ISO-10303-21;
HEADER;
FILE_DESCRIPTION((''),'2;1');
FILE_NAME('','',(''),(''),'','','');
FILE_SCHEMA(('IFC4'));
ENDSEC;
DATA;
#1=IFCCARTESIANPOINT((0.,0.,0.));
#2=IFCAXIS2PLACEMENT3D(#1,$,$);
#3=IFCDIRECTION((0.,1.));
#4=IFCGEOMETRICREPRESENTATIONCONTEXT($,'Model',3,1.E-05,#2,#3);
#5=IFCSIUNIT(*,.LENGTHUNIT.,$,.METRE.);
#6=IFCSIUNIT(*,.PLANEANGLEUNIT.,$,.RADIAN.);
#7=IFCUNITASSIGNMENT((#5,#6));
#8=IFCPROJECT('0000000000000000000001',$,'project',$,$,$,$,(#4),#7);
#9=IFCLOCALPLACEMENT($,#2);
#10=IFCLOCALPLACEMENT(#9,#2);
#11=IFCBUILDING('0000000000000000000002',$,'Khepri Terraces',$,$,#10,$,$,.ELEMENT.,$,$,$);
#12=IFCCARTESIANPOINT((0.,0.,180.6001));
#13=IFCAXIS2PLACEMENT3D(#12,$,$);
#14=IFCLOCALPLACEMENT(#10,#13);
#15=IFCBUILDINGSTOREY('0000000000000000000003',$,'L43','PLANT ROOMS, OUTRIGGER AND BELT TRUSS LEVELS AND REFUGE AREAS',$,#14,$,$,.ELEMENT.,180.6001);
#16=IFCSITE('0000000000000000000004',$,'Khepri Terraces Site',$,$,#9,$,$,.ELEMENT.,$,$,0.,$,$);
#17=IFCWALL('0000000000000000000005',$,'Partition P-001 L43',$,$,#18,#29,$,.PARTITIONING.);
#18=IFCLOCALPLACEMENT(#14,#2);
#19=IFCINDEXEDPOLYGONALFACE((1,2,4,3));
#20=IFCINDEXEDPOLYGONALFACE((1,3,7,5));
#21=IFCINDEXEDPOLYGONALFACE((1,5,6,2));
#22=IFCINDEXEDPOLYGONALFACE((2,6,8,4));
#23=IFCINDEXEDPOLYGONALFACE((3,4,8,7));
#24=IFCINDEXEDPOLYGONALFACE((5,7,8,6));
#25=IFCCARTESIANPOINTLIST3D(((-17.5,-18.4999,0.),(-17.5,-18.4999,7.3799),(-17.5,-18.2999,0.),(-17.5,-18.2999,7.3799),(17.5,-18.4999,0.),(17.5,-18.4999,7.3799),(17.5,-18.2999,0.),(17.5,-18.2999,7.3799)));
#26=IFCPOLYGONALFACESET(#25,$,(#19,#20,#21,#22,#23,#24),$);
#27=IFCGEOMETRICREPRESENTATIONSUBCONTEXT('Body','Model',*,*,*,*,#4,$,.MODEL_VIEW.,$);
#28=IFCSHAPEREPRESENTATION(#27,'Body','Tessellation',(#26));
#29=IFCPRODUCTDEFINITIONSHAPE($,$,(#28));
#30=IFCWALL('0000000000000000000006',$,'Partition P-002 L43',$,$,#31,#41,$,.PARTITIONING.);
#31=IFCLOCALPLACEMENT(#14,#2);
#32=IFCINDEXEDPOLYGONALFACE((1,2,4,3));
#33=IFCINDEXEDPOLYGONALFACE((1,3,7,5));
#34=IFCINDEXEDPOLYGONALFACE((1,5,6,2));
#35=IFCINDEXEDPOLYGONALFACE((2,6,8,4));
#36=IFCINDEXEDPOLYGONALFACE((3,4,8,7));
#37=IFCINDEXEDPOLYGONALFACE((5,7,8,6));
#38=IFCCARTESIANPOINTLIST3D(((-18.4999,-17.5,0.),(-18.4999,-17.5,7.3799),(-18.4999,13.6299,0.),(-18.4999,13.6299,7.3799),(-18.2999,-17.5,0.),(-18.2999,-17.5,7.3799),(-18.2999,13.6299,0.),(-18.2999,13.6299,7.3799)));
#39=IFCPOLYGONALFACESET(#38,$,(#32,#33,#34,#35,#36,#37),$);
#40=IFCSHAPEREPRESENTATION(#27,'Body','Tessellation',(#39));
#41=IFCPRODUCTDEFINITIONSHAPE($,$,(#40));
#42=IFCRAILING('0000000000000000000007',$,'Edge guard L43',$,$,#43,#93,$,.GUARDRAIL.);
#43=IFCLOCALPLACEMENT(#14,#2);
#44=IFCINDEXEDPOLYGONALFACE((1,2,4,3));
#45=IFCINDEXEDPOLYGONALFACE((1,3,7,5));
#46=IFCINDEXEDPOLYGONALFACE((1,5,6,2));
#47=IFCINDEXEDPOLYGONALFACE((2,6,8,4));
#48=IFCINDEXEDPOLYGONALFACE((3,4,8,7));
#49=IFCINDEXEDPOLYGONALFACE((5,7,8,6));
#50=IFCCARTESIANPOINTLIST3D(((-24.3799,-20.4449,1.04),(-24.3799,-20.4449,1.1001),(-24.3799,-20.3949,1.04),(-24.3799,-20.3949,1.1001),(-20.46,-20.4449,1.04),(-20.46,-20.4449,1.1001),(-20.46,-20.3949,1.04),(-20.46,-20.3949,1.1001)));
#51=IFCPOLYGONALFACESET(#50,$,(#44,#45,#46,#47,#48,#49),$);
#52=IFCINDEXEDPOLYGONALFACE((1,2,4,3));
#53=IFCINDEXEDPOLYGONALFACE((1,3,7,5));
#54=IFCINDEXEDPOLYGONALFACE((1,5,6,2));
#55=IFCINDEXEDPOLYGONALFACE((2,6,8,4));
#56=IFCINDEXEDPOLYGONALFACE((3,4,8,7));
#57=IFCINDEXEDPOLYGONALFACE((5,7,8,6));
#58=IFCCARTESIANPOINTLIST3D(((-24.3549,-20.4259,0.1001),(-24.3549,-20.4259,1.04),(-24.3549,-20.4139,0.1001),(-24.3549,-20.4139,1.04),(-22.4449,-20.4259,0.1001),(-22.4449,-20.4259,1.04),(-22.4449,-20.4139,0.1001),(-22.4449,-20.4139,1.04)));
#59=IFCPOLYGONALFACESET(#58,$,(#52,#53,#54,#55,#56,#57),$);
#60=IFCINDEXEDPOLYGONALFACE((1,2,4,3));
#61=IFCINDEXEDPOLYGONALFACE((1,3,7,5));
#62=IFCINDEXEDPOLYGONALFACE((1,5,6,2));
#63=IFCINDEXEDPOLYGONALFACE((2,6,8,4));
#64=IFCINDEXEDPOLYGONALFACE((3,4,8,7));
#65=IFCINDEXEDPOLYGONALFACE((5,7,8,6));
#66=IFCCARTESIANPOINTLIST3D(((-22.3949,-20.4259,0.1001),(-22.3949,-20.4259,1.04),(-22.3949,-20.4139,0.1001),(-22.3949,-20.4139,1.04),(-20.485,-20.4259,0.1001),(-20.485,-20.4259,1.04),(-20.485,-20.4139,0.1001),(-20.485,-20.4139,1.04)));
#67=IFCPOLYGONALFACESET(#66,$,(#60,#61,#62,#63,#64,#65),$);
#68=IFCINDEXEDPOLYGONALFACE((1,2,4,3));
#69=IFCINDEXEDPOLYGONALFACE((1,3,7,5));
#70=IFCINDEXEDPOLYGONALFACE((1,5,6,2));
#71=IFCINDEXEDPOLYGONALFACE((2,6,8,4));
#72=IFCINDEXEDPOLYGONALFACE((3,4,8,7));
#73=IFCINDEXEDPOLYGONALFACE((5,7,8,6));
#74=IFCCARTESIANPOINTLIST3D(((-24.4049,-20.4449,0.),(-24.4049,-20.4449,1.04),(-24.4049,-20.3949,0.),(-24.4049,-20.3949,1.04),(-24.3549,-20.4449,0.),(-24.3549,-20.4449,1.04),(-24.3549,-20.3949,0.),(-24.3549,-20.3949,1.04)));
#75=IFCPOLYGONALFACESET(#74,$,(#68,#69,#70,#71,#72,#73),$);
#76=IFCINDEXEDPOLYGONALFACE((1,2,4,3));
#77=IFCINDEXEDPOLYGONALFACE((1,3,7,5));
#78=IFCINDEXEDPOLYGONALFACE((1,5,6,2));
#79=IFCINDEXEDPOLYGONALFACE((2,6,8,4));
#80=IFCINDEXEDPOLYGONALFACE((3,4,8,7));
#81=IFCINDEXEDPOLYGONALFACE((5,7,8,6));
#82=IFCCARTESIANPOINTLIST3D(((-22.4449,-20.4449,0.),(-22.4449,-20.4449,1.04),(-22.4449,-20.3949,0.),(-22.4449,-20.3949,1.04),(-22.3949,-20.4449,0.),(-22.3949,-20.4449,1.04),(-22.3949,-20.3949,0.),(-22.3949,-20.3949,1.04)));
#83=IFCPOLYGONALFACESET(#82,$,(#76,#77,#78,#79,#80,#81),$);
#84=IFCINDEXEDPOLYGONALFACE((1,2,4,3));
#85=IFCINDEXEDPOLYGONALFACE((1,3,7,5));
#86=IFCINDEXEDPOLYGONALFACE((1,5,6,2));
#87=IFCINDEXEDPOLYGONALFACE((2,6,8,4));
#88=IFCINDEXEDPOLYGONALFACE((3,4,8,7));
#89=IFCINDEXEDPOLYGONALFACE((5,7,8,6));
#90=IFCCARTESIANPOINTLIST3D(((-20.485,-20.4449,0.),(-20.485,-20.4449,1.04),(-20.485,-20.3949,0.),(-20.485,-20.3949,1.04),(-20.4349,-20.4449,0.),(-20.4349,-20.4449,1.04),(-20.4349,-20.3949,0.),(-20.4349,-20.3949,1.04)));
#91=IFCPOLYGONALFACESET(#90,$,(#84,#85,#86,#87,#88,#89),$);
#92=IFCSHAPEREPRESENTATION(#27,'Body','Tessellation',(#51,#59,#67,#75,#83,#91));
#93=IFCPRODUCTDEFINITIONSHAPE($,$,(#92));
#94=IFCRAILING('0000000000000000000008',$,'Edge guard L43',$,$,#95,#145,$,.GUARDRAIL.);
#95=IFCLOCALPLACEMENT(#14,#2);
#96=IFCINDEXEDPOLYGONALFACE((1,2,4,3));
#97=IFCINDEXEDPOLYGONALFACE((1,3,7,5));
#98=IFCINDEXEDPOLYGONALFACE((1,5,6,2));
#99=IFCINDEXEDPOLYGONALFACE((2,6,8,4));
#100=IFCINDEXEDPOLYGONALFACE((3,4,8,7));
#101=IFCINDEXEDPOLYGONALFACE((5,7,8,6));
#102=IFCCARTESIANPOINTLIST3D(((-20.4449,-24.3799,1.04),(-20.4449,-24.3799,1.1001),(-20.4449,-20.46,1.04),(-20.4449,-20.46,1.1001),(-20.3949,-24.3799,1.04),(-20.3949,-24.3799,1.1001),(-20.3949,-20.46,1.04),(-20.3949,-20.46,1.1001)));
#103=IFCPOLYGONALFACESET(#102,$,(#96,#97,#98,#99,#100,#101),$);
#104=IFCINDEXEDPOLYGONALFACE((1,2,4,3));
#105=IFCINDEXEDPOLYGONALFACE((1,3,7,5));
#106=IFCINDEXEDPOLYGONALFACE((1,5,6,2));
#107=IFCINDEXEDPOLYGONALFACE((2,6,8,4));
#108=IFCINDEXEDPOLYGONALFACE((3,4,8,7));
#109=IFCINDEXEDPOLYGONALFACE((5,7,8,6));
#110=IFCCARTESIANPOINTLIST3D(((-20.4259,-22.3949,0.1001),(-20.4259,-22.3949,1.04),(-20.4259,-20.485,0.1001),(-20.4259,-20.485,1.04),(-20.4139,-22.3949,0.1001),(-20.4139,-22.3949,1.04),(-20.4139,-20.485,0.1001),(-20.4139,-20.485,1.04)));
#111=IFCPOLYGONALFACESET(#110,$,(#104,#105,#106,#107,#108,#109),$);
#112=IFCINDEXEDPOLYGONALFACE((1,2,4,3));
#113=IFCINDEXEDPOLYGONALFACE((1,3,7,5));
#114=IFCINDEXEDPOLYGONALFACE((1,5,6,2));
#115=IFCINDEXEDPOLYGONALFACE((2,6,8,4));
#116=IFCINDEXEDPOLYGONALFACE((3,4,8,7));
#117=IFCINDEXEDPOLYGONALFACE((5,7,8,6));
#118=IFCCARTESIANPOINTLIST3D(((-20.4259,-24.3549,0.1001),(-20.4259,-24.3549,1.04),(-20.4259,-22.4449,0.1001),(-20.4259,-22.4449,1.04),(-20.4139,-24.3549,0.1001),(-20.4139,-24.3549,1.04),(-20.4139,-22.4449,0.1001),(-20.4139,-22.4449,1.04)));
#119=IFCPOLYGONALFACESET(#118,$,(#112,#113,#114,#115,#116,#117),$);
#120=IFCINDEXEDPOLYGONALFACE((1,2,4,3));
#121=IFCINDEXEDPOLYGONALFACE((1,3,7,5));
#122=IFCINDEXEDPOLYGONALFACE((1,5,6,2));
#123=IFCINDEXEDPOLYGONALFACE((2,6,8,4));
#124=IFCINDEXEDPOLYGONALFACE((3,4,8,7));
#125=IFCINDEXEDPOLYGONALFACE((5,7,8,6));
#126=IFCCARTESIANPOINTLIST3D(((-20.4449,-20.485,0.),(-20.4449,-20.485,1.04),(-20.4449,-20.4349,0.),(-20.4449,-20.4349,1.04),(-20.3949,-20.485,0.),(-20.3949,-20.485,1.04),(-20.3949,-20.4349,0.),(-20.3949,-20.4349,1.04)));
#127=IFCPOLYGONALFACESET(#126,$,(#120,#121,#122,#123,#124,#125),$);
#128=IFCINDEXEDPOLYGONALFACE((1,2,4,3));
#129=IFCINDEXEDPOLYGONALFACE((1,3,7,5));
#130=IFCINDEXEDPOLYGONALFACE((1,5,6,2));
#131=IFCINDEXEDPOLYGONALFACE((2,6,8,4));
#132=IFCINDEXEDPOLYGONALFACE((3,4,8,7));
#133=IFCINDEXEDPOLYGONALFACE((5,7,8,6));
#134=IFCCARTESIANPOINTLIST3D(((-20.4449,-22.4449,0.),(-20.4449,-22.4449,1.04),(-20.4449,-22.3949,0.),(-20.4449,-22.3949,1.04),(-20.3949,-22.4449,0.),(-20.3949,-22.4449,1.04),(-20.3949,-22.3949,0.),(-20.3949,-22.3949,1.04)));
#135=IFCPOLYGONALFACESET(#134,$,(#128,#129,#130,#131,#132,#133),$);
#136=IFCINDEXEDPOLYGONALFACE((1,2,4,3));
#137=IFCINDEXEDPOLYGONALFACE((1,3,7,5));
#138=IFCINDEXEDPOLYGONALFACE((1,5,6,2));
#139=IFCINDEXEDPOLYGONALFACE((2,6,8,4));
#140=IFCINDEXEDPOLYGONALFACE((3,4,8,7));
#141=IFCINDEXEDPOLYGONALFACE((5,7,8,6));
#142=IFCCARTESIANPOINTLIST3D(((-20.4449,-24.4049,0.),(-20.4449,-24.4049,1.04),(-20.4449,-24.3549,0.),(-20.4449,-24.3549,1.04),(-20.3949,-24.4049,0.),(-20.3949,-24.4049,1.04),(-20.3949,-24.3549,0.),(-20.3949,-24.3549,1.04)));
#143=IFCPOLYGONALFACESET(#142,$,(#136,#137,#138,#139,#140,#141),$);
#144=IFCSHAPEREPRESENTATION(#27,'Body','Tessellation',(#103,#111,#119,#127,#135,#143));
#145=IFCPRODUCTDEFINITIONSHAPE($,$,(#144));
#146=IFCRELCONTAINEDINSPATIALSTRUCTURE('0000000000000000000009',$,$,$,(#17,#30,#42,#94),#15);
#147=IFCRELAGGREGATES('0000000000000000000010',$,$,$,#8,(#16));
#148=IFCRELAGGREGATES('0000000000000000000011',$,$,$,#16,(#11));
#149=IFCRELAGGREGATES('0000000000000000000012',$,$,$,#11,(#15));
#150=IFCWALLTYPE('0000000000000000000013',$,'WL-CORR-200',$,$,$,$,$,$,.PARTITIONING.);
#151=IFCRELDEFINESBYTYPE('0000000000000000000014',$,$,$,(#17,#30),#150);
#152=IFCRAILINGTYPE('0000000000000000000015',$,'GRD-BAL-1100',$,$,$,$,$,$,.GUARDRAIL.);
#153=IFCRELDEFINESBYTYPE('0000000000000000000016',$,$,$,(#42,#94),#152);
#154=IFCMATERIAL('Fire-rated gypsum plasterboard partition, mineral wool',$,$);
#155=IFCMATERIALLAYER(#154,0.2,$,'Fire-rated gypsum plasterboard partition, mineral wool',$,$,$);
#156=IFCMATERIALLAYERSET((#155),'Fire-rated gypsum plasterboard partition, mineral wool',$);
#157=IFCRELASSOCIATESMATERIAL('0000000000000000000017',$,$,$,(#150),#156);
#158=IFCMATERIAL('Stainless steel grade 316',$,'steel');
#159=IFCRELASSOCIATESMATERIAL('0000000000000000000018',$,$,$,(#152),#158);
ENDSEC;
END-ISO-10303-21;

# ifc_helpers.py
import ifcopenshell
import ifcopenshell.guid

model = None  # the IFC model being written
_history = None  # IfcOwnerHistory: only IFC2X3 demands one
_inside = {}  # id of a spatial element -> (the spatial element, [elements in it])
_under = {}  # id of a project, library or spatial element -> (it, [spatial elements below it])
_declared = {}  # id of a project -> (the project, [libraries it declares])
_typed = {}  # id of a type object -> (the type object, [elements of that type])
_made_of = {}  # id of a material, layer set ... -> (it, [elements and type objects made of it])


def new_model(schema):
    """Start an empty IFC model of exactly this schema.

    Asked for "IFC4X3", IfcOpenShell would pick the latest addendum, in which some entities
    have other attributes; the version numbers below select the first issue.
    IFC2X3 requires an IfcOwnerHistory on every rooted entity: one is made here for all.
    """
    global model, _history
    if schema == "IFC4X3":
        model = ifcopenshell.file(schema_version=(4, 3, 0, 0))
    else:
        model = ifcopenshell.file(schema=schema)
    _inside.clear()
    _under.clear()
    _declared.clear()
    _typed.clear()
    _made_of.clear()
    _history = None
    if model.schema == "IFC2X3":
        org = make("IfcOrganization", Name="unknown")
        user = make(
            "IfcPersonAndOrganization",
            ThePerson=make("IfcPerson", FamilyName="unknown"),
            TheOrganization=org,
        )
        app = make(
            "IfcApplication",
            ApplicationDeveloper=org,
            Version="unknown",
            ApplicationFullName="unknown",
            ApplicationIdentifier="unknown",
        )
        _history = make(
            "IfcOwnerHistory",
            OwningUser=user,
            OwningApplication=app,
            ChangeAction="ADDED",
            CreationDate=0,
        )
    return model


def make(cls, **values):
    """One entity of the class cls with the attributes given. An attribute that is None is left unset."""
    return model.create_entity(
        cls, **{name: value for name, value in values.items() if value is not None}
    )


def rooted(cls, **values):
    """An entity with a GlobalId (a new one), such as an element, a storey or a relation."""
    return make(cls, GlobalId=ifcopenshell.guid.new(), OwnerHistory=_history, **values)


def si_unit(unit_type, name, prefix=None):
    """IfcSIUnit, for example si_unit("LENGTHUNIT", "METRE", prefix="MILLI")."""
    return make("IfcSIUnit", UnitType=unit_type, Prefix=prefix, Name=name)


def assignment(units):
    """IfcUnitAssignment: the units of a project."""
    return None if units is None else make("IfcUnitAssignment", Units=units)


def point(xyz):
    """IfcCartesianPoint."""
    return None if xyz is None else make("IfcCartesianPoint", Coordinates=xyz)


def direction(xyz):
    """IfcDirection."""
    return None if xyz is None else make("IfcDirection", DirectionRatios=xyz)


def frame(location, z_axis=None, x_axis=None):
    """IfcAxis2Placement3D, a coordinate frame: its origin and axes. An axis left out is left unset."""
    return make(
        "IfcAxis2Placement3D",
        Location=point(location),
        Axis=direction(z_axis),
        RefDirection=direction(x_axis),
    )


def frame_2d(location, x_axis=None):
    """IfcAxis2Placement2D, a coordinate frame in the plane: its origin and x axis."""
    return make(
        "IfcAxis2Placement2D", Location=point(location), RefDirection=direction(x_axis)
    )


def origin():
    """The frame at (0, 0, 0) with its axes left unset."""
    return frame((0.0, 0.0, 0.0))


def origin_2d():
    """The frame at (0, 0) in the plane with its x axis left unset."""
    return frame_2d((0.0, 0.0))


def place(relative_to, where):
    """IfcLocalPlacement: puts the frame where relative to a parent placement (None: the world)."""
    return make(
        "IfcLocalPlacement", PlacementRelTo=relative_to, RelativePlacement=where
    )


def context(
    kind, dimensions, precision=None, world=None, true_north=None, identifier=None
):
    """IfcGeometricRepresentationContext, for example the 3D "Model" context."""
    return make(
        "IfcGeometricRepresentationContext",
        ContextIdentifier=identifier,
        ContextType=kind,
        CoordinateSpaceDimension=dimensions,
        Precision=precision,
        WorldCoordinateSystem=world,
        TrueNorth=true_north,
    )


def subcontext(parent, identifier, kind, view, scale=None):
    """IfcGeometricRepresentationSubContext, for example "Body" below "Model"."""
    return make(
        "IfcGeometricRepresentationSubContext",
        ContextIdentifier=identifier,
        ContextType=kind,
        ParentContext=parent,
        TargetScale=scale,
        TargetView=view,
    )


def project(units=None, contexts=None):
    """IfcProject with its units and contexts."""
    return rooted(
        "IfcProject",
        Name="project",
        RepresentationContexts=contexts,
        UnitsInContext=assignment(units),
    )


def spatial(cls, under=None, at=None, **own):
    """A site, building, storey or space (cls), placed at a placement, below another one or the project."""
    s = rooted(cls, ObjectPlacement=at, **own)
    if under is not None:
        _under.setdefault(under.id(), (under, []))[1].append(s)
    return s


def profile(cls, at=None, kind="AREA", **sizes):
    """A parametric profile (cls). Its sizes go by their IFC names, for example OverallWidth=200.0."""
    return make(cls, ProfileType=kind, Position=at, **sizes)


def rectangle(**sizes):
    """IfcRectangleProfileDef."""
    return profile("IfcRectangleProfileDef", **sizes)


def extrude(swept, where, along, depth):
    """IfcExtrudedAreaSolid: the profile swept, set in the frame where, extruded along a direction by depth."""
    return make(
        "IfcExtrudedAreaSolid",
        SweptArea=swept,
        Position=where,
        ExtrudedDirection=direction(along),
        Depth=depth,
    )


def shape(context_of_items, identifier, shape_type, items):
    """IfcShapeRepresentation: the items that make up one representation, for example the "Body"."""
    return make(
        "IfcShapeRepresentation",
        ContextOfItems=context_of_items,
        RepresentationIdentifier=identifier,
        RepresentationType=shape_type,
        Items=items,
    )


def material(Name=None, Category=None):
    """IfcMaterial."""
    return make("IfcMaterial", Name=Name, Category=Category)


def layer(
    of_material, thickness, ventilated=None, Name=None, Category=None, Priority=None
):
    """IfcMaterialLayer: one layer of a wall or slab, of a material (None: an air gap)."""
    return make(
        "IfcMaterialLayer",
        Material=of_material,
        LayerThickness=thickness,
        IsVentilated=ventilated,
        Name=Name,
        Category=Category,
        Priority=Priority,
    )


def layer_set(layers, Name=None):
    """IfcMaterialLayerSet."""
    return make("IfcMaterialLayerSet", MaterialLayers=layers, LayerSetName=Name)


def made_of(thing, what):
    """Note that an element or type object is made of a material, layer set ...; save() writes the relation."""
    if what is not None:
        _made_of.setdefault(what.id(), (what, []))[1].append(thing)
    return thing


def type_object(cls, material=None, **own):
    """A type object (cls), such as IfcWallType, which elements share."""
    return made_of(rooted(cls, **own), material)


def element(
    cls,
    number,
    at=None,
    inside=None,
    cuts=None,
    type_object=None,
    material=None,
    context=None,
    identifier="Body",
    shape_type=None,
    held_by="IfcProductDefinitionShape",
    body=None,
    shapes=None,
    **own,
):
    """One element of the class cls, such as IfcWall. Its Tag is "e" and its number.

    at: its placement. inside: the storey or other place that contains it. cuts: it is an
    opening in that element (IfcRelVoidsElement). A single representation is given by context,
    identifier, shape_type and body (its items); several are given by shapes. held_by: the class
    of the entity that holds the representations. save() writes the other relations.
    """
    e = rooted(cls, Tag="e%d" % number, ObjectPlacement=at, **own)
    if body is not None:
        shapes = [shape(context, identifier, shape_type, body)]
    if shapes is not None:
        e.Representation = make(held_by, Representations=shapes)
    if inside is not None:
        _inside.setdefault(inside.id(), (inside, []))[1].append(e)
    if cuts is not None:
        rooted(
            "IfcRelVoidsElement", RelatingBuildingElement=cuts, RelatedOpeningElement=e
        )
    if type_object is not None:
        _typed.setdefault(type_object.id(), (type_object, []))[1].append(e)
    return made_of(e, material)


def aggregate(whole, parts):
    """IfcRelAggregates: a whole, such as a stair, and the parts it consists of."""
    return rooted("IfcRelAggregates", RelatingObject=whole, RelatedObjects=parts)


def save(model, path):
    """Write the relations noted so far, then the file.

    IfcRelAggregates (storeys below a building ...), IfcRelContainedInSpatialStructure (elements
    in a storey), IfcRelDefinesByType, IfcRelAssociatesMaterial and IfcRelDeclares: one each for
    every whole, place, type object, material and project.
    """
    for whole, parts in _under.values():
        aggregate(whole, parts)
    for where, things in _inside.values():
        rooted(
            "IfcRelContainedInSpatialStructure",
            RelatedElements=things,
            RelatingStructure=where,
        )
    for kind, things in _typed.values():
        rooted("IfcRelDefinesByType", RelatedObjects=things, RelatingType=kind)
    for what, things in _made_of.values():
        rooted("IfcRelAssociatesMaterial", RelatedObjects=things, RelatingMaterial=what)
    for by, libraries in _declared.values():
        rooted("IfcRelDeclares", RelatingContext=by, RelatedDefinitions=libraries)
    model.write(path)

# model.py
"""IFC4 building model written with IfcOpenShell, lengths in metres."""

from ifc_helpers import new_model, si_unit, direction, frame, frame_2d, origin, origin_2d, place, context, subcontext, project, spatial, rectangle, extrude, material, layer, layer_set, type_object, element, save


model = new_model("IFC4")

# Units and contexts
model_context = context("Model", 3, precision=1e-05, world=origin(), true_north=direction((0.0, 1.0)))
body_context = subcontext(model_context, "Body", "Model", "MODEL_VIEW")
ifc_project = project(units=[si_unit("LENGTHUNIT", "METRE"), si_unit("PLANEANGLEUNIT", "RADIAN")], contexts=[model_context])

# Site, building, storey
site_placement = place(None, origin())
site = spatial("IfcSite", under=ifc_project, at=site_placement, Name="Khepri Terraces Site", CompositionType="ELEMENT", RefElevation=0.0)
building_placement = place(site_placement, origin())
building = spatial("IfcBuilding", under=site, at=building_placement, Name="Khepri Terraces", CompositionType="ELEMENT")
storey_placement = place(building_placement, frame((0.0, 0.0, 180.6001)))
storey = spatial("IfcBuildingStorey", under=building, at=storey_placement, Name="L43", Description="PLANT ROOMS, OUTRIGGER AND BELT TRUSS LEVELS AND REFUGE AREAS", CompositionType="ELEMENT", Elevation=180.6001)

# Walls
ifc_material_1 = material(Name="Fire-rated gypsum plasterboard partition, mineral wool")
ifc_layer_1 = layer(ifc_material_1, 0.2, Name="Fire-rated gypsum plasterboard partition, mineral wool")
ifc_layer_set_1 = layer_set([ifc_layer_1], Name="Fire-rated gypsum plasterboard partition, mineral wool")
wall_type = type_object("IfcWallType", Name="WL-CORR-200", PredefinedType="PARTITIONING", material=ifc_layer_set_1)
wall_1_placement = place(storey_placement, frame((-17.5, -18.3999, 0.0), z_axis=(0.0, 0.0, 1.0), x_axis=(1.0, 0.0, 0.0)))
element("IfcWall", 1, at=wall_1_placement, inside=storey, type_object=wall_type, Name="Partition P-001 L43", PredefinedType="PARTITIONING", context=body_context, shape_type="SweptSolid", body=[
    extrude(rectangle(XDim=35.0, YDim=0.2, at=frame_2d((17.5, 0.0))), origin(), (0.0, 0.0, 1.0), 7.3799),
])
wall_2_placement = place(storey_placement, frame((-18.3999, -17.5, 0.0), z_axis=(0.0, 0.0, 1.0), x_axis=(0.0, 1.0, 0.0)))
element("IfcWall", 2, at=wall_2_placement, inside=storey, type_object=wall_type, Name="Partition P-002 L43", PredefinedType="PARTITIONING", context=body_context, shape_type="SweptSolid", body=[
    extrude(rectangle(XDim=31.1299, YDim=0.2, at=frame_2d((15.5649, 0.0))), origin(), (0.0, 0.0, 1.0), 7.3799),
])

# Railings
ifc_material_2 = material(Name="Stainless steel grade 316", Category="steel")
railing_type = type_object("IfcRailingType", Name="GRD-BAL-1100", PredefinedType="GUARDRAIL", material=ifc_material_2)
railing_1_placement = place(storey_placement, frame((-24.3799, -20.4199, 0.0)))
element("IfcRailing", 3, at=railing_1_placement, inside=storey, type_object=railing_type, Name="Edge guard L43", PredefinedType="GUARDRAIL", context=body_context, shape_type="SweptSolid", body=[
    extrude(rectangle(XDim=0.05, YDim=0.0601, at=origin_2d()), frame((0.0, 0.0, 1.0701), z_axis=(1.0, 0.0, 0.0), x_axis=(0.0, 1.0, 0.0)), (0.0, 0.0, 1.0), 3.9199),
    extrude(rectangle(XDim=1.9099, YDim=0.012, at=origin_2d()), frame((0.98, 0.0, 0.1001), z_axis=(0.0, 0.0, 1.0), x_axis=(1.0, 0.0, 0.0)), (0.0, 0.0, 1.0), 0.9399),
    extrude(rectangle(XDim=1.9099, YDim=0.012, at=origin_2d()), frame((2.9399, 0.0, 0.1001), z_axis=(0.0, 0.0, 1.0), x_axis=(1.0, 0.0, 0.0)), (0.0, 0.0, 1.0), 0.9399),
    extrude(rectangle(XDim=0.05, YDim=0.05, at=origin_2d()), origin(), (0.0, 0.0, 1.0), 1.04),
    extrude(rectangle(XDim=0.05, YDim=0.05, at=origin_2d()), frame((1.96, 0.0, 0.0)), (0.0, 0.0, 1.0), 1.04),
    extrude(rectangle(XDim=0.05, YDim=0.05, at=origin_2d()), frame((3.9199, 0.0, 0.0)), (0.0, 0.0, 1.0), 1.04),
])
railing_2_placement = place(storey_placement, frame((-20.4199, -20.46, 0.0)))
element("IfcRailing", 4, at=railing_2_placement, inside=storey, type_object=railing_type, Name="Edge guard L43", PredefinedType="GUARDRAIL", context=body_context, shape_type="SweptSolid", body=[
    extrude(rectangle(XDim=0.05, YDim=0.0601, at=origin_2d()), frame((0.0, 0.0, 1.0701), z_axis=(0.0, -1.0, 0.0), x_axis=(1.0, 0.0, 0.0)), (0.0, 0.0, 1.0), 3.9199),
    extrude(rectangle(XDim=1.9099, YDim=0.012, at=origin_2d()), frame((0.0, -0.98, 0.1001), z_axis=(0.0, 0.0, 1.0), x_axis=(0.0, -1.0, 0.0)), (0.0, 0.0, 1.0), 0.9399),
    extrude(rectangle(XDim=1.9099, YDim=0.012, at=origin_2d()), frame((0.0, -2.9399, 0.1001), z_axis=(0.0, 0.0, 1.0), x_axis=(0.0, -1.0, 0.0)), (0.0, 0.0, 1.0), 0.9399),
    extrude(rectangle(XDim=0.05, YDim=0.05, at=origin_2d()), origin(), (0.0, 0.0, 1.0), 1.04),
    extrude(rectangle(XDim=0.05, YDim=0.05, at=origin_2d()), frame((0.0, -1.96, 0.0)), (0.0, 0.0, 1.0), 1.04),
    extrude(rectangle(XDim=0.05, YDim=0.05, at=origin_2d()), frame((0.0, -3.9199, 0.0)), (0.0, 0.0, 1.0), 1.04),
])

save(model, "model.ifc")
